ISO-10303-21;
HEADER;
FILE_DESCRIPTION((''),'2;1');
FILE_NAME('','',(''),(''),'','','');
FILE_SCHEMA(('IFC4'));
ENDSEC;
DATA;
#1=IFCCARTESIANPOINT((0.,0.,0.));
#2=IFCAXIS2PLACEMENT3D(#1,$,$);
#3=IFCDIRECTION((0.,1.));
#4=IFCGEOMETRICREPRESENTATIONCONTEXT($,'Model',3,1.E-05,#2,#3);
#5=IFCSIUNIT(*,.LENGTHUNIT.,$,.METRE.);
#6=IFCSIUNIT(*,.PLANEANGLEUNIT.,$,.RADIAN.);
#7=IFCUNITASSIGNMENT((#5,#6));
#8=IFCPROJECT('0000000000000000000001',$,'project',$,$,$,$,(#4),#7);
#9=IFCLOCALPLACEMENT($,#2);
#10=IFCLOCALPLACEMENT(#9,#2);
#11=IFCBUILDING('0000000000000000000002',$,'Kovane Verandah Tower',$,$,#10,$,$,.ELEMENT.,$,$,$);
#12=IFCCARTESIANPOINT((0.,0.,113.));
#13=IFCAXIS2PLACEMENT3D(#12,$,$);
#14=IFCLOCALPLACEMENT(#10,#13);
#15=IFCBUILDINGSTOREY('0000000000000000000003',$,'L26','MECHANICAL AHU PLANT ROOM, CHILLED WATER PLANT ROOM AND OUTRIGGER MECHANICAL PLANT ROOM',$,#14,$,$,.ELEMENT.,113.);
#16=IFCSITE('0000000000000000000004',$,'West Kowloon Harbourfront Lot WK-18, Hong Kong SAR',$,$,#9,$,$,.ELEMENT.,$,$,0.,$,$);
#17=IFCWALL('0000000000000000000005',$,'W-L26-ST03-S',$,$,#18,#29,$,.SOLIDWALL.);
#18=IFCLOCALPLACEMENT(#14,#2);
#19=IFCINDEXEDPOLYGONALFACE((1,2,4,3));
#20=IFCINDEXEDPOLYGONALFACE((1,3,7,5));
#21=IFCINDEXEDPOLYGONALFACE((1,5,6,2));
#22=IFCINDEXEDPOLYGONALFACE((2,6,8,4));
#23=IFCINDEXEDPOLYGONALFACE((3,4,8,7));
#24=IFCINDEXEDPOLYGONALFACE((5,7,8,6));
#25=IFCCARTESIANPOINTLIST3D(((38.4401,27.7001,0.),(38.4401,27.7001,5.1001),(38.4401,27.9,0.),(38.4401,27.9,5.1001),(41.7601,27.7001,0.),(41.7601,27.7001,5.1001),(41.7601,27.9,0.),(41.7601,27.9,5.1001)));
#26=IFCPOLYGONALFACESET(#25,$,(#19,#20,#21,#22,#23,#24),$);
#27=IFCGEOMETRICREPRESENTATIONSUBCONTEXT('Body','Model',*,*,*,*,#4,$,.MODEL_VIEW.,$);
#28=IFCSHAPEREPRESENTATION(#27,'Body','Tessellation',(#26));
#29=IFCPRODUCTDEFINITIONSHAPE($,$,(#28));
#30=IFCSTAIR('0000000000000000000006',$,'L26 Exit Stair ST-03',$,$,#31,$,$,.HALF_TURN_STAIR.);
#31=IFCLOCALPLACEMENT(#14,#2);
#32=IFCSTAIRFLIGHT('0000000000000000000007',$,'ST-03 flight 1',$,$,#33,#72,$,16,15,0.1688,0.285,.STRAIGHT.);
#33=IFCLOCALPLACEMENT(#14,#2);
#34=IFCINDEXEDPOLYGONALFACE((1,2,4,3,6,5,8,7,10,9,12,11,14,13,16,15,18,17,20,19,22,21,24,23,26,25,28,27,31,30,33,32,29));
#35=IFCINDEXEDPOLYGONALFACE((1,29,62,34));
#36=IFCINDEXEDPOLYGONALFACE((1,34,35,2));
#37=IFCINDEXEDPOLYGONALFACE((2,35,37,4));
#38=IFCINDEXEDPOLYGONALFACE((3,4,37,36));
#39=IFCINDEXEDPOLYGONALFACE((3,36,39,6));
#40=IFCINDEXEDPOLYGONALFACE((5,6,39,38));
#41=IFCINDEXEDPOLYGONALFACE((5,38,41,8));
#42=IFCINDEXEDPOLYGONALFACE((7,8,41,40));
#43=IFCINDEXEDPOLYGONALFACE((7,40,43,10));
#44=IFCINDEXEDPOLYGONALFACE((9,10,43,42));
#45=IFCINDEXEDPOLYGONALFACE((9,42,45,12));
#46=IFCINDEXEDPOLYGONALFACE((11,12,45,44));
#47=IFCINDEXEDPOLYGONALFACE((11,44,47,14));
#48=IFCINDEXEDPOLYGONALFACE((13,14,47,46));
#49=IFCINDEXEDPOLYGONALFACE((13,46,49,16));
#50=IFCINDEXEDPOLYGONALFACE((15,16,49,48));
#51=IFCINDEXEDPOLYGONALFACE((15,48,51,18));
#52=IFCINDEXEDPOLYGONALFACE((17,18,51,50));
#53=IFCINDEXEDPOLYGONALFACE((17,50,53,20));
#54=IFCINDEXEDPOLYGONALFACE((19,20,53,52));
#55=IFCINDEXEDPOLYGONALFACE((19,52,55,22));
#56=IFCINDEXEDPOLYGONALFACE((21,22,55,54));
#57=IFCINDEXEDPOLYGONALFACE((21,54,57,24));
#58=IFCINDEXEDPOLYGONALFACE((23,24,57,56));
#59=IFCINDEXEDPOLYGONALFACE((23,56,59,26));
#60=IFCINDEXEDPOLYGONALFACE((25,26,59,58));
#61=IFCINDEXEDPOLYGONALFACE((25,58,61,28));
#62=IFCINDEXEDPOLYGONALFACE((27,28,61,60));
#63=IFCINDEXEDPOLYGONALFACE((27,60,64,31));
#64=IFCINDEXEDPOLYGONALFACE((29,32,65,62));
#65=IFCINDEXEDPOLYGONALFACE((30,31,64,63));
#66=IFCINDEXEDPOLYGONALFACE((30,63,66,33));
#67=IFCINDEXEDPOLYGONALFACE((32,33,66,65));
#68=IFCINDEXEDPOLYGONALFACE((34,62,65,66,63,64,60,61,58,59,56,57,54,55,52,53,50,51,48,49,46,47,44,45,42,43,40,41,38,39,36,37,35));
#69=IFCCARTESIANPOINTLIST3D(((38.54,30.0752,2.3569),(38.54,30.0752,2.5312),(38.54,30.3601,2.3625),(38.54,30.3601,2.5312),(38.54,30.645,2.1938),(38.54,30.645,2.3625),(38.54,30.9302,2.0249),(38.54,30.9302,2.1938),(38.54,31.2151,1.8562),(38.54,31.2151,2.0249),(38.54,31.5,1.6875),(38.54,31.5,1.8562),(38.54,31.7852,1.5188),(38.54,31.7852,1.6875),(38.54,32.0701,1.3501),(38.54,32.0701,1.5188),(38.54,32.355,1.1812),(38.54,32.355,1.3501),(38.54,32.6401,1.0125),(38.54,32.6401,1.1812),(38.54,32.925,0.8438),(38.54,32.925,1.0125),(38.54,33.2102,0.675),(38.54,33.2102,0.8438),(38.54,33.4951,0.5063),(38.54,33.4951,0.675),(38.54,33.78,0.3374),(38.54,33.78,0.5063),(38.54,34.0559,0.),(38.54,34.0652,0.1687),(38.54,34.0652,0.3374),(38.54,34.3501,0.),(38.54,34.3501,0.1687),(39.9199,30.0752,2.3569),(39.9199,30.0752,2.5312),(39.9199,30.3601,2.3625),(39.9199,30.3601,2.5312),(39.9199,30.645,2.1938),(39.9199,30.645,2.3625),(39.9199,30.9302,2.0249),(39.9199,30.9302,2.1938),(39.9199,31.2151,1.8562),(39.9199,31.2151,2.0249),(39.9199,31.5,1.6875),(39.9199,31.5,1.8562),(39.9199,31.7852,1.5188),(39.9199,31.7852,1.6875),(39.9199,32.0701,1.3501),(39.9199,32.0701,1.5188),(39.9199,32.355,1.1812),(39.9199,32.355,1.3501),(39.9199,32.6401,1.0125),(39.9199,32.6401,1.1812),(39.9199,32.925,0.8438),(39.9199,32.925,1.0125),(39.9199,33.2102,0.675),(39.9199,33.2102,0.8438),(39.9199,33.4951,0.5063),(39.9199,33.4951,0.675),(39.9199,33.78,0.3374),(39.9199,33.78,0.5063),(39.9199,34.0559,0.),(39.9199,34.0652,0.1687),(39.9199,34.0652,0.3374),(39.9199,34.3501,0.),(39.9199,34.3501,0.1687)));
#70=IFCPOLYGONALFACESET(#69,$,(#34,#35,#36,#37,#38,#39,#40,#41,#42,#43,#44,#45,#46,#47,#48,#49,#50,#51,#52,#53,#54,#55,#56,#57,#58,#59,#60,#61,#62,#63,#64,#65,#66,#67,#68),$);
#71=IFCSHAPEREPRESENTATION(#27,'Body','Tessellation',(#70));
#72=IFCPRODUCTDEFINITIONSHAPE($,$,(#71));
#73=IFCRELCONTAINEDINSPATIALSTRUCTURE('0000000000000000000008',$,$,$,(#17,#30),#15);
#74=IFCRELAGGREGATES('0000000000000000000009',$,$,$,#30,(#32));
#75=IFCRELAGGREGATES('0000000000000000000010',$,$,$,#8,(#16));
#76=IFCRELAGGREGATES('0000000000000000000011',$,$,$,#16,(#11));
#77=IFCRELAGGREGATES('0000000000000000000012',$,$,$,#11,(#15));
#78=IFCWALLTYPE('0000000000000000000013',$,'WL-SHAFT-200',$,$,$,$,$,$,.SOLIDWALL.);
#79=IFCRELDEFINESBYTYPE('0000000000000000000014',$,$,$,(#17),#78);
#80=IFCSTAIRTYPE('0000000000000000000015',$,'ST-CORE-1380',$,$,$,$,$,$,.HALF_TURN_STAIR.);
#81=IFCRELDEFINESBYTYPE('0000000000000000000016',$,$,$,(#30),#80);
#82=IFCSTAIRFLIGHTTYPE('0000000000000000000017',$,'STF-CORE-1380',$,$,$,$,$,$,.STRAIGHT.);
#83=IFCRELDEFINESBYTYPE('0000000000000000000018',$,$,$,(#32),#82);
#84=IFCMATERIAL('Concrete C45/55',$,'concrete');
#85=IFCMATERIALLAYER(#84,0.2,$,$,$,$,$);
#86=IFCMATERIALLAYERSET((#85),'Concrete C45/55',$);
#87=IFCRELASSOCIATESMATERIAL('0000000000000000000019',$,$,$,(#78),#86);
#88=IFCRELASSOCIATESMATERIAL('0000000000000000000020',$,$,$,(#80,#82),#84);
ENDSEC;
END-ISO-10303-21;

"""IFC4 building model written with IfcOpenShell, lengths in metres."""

from ifc_helpers import new_model, si_unit, direction, frame, frame_2d, origin, place, context, subcontext, project, spatial, polyline, rectangle, outline, extrude, material, layer, layer_set, type_object, element, aggregate, save


model = new_model("IFC4")

# Units and contexts
model_context = context("Model", 3, precision=1e-05, world=origin(), true_north=direction((0.0, 1.0)))
body_context = subcontext(model_context, "Body", "Model", "MODEL_VIEW")
ifc_project = project(units=[si_unit("LENGTHUNIT", "METRE"), si_unit("PLANEANGLEUNIT", "RADIAN")], contexts=[model_context])

# Site, building, storey
site_placement = place(None, origin())
site = spatial("IfcSite", under=ifc_project, at=site_placement, Name="West Kowloon Harbourfront Lot WK-18, Hong Kong SAR", CompositionType="ELEMENT", RefElevation=0.0)
building_placement = place(site_placement, origin())
building = spatial("IfcBuilding", under=site, at=building_placement, Name="Kovane Verandah Tower", CompositionType="ELEMENT")
storey_placement = place(building_placement, frame((0.0, 0.0, 113.0)))
storey = spatial("IfcBuildingStorey", under=building, at=storey_placement, Name="L26", Description="MECHANICAL AHU PLANT ROOM, CHILLED WATER PLANT ROOM AND OUTRIGGER MECHANICAL PLANT ROOM", CompositionType="ELEMENT", Elevation=113.0)

# Shared definitions
ifc_material_1 = material(Name="Concrete C45/55", Category="concrete")
ifc_layer_1 = layer(ifc_material_1, 0.2)
ifc_layer_set_1 = layer_set([ifc_layer_1], Name="Concrete C45/55")
wall_type_1 = type_object("IfcWallType", Name="WL-SHAFT-200", PredefinedType="SOLIDWALL", material=ifc_layer_set_1)

# Wall
wall_1_placement = place(storey_placement, frame((38.4399, 27.8, 0.0), z_axis=(0.0, 0.0, 1.0), x_axis=(1.0, 0.0, 0.0)))
element("IfcWall", 1, at=wall_1_placement, inside=storey, type_object=wall_type_1, Name="W-L26-ST03-S", PredefinedType="SOLIDWALL", context=body_context, shape_type="SweptSolid", body=[
    extrude(rectangle(XDim=3.3201, YDim=0.2, at=frame_2d((1.6602, 0.0))), origin(), (0.0, 0.0, 1.0), 5.1001),
])

# Stair, stair flight
stair_type = type_object("IfcStairType", Name="ST-CORE-1380", PredefinedType="HALF_TURN_STAIR", material=ifc_material_1)
stair_placement = place(storey_placement, origin())
stair = element("IfcStair", 2, at=stair_placement, inside=storey, type_object=stair_type, Name="L26 Exit Stair ST-03", PredefinedType="HALF_TURN_STAIR")
stair_flight_type = type_object("IfcStairFlightType", Name="STF-CORE-1380", PredefinedType="STRAIGHT", material=ifc_material_1)
stair_flight_placement = place(storey_placement, frame((39.23, 34.3501, 0.0), z_axis=(0.0, 0.0, 1.0), x_axis=(0.0, -1.0, 0.0)))
stair_flight = element("IfcStairFlight", 3, at=stair_flight_placement, type_object=stair_flight_type, Name="ST-03 flight 1", NumberOfRisers=16, NumberOfTreads=15, PredefinedType="STRAIGHT", RiserHeight=0.1688, TreadLength=0.285, context=body_context, shape_type="SweptSolid", body=[
    extrude(outline(polyline([(0.0, 0.0), (0.0, 0.1687), (0.2849, 0.1687), (0.2849, 0.3374), (0.5701, 0.3374), (0.5701, 0.5063), (0.855, 0.5063), (0.855, 0.675), (1.1399, 0.675), (1.1399, 0.8438), (1.425, 0.8438), (1.425, 1.0125), (1.71, 1.0125), (1.71, 1.1812), (1.9951, 1.1812), (1.9951, 1.3501), (2.28, 1.3501), (2.28, 1.5188), (2.5649, 1.5188), (2.5649, 1.6875), (2.8501, 1.6875), (2.8501, 1.8562), (3.135, 1.8562), (3.135, 2.0249), (3.4199, 2.0249), (3.4199, 2.1938), (3.7051, 2.1938), (3.7051, 2.3625), (3.99, 2.3625), (3.99, 2.5312), (4.2749, 2.5312), (4.2749, 2.7), (4.2749, 2.3569), (0.2942, 0.0), (0.0, 0.0)])), frame((0.0, 0.6899, 0.0), z_axis=(0.0, -1.0, 0.0), x_axis=(1.0, 0.0, 0.0)), (0.0, 0.0, 1.0), 1.3799),
])
aggregate(stair, [stair_flight])

save(model, "model.ifc")
